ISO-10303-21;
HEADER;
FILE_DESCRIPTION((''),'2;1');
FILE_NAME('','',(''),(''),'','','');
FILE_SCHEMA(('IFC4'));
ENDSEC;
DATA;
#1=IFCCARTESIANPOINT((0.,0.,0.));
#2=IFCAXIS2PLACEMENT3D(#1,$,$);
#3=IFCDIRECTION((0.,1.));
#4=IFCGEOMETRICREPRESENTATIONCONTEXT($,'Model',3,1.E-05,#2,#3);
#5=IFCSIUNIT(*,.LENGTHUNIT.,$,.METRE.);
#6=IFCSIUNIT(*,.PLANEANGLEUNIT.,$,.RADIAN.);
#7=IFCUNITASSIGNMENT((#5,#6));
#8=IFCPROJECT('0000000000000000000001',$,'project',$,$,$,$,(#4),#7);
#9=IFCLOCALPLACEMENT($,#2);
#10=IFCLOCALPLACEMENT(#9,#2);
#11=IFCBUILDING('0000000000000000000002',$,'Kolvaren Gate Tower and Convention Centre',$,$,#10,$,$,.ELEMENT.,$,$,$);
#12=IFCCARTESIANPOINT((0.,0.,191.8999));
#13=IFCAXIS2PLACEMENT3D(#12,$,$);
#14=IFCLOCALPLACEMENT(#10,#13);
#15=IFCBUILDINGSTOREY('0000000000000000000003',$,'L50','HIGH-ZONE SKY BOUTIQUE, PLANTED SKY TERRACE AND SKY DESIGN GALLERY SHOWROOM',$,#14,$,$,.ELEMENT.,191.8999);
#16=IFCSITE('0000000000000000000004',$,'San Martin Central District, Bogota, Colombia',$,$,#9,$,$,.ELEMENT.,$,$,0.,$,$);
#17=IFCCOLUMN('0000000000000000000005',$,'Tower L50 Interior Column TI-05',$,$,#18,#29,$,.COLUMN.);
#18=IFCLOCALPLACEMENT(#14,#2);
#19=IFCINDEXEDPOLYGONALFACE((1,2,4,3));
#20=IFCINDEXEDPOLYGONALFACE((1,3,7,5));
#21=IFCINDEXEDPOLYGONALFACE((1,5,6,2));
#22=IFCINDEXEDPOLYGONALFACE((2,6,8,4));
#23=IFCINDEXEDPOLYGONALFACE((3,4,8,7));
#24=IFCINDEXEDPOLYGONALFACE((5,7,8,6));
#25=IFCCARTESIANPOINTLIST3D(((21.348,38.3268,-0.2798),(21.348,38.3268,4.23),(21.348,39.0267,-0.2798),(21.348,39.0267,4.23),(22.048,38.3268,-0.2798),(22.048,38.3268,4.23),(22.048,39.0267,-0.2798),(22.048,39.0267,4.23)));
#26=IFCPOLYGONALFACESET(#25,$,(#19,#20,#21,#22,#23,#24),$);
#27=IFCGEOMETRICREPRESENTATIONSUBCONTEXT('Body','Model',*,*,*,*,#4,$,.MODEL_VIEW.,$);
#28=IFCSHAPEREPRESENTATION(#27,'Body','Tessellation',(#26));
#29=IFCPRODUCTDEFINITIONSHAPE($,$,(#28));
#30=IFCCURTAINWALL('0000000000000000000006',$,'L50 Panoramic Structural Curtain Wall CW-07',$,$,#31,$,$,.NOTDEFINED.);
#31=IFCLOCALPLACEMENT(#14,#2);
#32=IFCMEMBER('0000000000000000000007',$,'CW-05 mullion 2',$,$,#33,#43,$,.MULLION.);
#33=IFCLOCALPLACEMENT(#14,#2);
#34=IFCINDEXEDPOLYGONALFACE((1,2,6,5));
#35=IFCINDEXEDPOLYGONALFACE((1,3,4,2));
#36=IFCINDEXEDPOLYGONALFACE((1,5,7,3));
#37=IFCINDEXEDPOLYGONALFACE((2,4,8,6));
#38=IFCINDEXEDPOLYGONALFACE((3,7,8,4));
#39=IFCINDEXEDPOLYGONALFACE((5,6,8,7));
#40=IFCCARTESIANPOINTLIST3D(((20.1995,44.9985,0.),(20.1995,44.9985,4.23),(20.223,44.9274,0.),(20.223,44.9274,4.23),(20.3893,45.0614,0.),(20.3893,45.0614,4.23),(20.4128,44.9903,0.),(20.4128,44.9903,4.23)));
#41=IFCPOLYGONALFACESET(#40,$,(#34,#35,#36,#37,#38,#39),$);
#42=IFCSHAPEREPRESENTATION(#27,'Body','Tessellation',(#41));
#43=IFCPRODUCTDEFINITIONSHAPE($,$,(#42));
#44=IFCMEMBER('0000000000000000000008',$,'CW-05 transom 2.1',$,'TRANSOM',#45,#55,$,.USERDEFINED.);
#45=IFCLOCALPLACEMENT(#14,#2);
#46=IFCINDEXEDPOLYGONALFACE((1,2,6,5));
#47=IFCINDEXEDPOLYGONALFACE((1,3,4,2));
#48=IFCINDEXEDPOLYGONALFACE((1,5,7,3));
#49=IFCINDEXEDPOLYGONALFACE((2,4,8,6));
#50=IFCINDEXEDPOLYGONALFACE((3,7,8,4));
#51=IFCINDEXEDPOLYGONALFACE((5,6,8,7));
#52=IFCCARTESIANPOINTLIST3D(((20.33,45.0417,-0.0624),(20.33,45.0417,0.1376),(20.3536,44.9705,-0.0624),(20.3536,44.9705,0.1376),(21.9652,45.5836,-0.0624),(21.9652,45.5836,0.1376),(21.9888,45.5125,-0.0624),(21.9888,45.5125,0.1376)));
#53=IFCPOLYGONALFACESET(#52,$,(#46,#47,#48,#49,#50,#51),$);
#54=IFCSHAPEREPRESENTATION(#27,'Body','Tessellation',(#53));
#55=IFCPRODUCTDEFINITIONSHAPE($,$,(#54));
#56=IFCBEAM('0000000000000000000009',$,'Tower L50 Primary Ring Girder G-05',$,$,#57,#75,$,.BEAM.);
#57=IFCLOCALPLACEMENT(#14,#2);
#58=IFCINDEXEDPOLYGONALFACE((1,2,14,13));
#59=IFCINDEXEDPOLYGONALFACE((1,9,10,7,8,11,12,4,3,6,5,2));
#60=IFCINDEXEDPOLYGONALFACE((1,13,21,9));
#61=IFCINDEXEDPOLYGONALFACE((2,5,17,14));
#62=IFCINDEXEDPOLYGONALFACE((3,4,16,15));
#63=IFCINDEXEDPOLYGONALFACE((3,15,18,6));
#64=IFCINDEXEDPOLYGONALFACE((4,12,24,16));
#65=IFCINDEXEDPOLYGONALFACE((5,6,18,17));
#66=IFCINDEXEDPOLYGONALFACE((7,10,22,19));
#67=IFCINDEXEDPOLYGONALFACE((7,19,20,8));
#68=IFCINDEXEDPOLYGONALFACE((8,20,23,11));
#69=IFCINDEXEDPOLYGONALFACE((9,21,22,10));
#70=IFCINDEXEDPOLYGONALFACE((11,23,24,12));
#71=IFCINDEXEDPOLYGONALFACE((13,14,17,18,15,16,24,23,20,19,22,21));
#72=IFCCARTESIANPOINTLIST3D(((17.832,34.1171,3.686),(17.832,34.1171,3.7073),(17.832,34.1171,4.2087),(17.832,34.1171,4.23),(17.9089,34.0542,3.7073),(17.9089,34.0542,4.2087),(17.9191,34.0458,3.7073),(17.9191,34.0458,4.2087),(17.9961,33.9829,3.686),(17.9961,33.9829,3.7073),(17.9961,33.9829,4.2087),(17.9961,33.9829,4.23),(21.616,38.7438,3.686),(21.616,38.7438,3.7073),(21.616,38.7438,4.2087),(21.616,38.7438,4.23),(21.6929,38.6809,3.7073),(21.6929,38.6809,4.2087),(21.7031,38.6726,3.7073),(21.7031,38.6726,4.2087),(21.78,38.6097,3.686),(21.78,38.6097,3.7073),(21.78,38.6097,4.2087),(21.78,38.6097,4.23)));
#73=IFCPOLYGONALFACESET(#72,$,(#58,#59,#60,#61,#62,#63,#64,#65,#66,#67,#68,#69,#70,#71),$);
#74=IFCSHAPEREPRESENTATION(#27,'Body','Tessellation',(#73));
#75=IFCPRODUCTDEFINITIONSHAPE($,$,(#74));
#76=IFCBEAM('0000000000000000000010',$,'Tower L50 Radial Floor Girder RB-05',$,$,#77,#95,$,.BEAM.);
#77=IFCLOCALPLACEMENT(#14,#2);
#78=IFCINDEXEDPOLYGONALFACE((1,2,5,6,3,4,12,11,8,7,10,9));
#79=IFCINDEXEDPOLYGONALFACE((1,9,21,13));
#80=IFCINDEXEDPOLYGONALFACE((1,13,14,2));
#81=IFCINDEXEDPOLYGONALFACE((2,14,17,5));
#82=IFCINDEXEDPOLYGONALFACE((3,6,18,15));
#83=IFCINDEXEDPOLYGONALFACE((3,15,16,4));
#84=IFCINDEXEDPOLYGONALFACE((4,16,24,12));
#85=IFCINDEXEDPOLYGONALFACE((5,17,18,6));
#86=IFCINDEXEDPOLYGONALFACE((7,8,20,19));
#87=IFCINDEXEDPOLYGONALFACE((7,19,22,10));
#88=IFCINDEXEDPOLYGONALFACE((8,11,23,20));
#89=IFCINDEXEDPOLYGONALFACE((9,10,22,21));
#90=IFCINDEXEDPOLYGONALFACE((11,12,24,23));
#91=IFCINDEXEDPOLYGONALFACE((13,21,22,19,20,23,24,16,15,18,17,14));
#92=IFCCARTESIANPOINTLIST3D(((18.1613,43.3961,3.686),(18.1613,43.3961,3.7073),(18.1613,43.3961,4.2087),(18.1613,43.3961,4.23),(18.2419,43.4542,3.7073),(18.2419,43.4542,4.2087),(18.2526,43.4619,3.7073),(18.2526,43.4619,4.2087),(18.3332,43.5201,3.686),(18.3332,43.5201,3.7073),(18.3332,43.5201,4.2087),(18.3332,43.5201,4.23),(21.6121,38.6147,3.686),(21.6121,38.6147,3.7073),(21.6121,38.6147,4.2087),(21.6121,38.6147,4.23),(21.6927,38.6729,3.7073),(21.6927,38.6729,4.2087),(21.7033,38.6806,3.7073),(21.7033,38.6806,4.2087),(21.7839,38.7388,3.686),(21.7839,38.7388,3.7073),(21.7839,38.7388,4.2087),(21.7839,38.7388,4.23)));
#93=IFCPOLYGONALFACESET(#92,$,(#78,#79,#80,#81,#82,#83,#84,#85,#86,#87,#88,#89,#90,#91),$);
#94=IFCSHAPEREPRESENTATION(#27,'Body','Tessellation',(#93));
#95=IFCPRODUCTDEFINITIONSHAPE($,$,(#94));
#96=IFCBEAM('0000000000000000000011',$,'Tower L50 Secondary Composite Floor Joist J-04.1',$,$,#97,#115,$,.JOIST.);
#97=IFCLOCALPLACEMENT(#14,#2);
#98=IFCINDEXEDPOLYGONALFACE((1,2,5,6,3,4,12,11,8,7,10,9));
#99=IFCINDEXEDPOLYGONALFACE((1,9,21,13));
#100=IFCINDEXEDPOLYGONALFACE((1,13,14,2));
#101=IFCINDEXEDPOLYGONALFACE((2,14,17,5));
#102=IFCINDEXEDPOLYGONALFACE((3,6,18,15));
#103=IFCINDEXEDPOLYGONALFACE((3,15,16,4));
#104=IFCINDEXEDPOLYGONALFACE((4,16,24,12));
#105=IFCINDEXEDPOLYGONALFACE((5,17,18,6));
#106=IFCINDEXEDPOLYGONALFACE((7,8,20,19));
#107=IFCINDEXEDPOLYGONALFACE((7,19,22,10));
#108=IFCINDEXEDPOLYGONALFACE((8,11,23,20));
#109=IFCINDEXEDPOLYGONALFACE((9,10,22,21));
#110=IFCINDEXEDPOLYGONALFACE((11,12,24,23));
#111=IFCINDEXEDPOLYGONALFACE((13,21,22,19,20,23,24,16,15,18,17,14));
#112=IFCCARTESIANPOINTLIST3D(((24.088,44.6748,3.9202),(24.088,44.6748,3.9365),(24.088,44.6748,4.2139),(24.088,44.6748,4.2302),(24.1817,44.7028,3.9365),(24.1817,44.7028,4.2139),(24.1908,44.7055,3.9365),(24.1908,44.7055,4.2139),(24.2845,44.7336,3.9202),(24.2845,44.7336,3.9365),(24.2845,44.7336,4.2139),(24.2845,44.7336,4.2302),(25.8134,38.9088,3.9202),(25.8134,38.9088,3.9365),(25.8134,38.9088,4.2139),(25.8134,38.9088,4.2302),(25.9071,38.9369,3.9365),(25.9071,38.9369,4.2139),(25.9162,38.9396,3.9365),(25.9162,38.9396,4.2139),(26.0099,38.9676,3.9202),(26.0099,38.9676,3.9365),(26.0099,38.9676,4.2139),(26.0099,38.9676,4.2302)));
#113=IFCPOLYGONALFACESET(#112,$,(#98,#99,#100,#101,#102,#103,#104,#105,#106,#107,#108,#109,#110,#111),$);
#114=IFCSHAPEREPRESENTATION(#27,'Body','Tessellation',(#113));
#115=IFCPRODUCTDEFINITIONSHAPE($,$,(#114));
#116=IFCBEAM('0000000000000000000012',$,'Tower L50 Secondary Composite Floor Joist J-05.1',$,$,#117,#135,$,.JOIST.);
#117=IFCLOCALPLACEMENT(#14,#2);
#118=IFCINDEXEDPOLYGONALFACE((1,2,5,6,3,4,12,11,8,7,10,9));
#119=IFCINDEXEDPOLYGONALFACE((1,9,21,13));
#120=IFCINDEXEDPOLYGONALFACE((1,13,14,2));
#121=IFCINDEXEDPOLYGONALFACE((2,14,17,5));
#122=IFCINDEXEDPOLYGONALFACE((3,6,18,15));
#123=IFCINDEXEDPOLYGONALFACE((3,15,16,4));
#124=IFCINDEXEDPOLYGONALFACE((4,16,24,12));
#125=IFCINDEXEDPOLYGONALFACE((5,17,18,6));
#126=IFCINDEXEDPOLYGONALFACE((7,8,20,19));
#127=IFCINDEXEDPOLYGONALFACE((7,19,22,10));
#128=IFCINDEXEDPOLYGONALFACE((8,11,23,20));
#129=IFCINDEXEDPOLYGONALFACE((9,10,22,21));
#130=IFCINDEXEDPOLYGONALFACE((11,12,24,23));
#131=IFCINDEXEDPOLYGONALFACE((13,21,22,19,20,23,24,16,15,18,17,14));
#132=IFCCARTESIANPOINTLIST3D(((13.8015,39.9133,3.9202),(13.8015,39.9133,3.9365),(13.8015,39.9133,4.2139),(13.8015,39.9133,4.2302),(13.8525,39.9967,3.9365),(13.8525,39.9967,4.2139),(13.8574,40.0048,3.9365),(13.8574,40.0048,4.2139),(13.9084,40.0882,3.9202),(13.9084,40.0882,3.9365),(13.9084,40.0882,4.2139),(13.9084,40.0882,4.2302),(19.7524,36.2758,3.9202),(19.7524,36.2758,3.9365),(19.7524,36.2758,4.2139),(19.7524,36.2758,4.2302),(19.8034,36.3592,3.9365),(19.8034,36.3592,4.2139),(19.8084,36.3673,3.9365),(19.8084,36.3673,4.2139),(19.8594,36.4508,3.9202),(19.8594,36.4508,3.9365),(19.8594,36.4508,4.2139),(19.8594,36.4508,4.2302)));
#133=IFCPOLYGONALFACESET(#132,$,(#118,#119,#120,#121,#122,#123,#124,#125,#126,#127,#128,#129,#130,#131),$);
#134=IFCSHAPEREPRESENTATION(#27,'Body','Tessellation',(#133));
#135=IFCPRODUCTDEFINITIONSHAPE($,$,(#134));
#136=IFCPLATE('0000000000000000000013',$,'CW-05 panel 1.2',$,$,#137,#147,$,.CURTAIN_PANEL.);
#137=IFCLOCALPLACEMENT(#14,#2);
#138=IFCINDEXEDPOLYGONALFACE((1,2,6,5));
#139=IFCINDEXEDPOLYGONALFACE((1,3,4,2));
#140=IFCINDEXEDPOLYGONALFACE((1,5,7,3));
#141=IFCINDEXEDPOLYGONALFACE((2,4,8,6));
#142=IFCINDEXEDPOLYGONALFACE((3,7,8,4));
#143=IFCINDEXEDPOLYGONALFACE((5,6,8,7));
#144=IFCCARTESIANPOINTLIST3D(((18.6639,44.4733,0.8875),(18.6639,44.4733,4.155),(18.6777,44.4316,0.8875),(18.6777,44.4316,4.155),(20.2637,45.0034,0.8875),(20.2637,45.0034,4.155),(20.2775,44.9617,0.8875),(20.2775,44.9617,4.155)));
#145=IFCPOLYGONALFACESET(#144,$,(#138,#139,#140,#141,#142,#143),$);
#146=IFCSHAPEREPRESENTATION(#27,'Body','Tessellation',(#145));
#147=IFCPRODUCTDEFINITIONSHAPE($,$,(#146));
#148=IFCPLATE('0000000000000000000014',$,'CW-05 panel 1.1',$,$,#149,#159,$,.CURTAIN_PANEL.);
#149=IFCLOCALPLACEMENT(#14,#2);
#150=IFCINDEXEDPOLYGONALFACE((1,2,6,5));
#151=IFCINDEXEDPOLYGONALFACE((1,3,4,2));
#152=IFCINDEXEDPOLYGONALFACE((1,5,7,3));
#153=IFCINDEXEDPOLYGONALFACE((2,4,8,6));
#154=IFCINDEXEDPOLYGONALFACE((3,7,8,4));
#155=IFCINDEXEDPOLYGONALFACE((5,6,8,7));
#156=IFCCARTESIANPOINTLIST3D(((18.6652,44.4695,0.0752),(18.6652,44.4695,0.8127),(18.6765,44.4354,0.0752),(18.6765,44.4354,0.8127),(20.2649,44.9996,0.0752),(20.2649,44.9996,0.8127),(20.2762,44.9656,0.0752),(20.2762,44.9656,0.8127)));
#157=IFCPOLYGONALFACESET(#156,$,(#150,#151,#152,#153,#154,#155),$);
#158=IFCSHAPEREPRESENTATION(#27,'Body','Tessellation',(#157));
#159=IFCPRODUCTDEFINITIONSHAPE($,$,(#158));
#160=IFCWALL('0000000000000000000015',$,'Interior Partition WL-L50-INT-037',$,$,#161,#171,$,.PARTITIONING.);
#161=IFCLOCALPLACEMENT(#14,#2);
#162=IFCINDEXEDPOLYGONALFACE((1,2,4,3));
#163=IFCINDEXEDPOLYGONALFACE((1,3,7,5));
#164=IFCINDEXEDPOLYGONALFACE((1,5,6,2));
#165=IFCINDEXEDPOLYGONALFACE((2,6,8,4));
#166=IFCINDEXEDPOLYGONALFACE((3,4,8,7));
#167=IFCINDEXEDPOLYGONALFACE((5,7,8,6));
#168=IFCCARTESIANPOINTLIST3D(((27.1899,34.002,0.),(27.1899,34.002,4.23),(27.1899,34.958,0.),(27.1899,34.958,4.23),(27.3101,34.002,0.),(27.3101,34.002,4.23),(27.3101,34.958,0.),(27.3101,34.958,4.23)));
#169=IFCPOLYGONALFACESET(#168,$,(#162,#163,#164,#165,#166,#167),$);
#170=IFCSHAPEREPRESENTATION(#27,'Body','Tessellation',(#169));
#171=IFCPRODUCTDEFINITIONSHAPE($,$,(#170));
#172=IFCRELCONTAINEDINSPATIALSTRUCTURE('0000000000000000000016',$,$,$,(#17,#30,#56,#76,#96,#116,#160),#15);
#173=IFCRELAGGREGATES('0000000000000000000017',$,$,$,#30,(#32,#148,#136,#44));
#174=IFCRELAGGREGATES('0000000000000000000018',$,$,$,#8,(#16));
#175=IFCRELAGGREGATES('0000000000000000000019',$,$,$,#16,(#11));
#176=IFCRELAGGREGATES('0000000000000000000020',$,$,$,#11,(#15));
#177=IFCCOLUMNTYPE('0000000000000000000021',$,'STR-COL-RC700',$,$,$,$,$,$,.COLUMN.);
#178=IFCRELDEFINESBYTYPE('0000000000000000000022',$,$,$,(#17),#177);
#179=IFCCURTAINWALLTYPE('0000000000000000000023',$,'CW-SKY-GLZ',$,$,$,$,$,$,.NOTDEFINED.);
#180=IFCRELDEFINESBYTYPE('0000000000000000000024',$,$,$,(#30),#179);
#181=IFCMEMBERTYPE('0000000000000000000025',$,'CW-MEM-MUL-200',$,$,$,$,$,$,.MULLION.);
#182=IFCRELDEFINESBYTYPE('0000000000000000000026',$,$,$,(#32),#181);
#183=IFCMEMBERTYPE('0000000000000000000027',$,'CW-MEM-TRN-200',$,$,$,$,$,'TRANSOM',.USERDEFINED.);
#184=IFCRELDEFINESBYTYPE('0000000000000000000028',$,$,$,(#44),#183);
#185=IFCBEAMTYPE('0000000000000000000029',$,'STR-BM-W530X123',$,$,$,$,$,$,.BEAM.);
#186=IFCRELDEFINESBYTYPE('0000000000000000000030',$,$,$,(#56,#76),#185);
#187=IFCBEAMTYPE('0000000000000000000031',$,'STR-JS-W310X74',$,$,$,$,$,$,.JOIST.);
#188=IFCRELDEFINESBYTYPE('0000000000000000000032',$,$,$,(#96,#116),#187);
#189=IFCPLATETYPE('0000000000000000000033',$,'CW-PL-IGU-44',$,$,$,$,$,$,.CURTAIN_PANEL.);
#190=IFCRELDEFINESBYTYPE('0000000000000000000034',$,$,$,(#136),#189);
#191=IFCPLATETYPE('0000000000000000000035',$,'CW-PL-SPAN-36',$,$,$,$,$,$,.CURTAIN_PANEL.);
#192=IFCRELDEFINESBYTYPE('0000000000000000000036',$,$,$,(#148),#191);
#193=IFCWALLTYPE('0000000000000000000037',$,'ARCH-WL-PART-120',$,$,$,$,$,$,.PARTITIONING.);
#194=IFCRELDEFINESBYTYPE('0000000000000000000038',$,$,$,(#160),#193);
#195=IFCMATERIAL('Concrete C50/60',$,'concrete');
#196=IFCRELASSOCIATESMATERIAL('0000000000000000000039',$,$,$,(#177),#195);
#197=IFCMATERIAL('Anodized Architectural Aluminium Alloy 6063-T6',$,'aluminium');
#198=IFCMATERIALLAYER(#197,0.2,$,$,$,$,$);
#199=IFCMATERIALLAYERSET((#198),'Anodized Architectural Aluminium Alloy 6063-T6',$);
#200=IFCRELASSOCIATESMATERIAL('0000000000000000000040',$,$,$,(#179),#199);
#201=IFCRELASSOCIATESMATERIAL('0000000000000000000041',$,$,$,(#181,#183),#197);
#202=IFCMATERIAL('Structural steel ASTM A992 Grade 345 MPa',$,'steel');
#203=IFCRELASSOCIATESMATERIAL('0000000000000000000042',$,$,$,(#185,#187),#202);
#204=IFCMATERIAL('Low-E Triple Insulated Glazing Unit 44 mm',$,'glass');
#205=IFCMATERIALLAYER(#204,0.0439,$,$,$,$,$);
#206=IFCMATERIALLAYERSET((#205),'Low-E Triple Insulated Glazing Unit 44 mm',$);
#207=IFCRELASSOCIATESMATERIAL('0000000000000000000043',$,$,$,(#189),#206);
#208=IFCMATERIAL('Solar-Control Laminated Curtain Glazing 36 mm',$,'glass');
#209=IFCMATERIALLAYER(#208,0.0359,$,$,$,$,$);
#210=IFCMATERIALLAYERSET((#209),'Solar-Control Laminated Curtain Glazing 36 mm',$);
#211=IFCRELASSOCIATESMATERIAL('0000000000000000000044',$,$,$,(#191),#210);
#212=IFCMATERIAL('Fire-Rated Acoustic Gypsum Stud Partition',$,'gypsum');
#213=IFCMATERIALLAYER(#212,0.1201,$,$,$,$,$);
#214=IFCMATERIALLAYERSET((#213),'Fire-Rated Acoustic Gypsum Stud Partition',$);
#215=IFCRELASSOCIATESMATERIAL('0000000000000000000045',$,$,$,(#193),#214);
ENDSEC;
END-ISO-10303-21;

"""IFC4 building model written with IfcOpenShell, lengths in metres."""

from ifc_helpers import new_model, si_unit, direction, frame, frame_2d, origin, origin_2d, place, context, subcontext, project, spatial, rectangle, i_section, extrude, material, layer, layer_set, material_profile, profile_set, type_object, element, aggregate, save


model = new_model("IFC4")

# Units and contexts
model_context = context("Model", 3, precision=1e-05, world=origin(), true_north=direction((0.0, 1.0)))
body_context = subcontext(model_context, "Body", "Model", "MODEL_VIEW")
ifc_project = project(units=[si_unit("LENGTHUNIT", "METRE"), si_unit("PLANEANGLEUNIT", "RADIAN")], contexts=[model_context])

# Site, building, storey
site_placement = place(None, origin())
site = spatial("IfcSite", under=ifc_project, at=site_placement, Name="San Martin Central District, Bogota, Colombia", CompositionType="ELEMENT", RefElevation=0.0)
building_placement = place(site_placement, origin())
building = spatial("IfcBuilding", under=site, at=building_placement, Name="Kolvaren Gate Tower and Convention Centre", CompositionType="ELEMENT")
storey_placement = place(building_placement, frame((0.0, 0.0, 191.8999)))
storey = spatial("IfcBuildingStorey", under=building, at=storey_placement, Name="L50", Description="HIGH-ZONE SKY BOUTIQUE, PLANTED SKY TERRACE AND SKY DESIGN GALLERY SHOWROOM", CompositionType="ELEMENT", Elevation=191.8999)

# Column
ifc_material_1 = material(Name="Concrete C50/60", Category="concrete")
ifc_material_profile_1 = material_profile(ifc_material_1, rectangle(XDim=0.7, YDim=0.7, at=origin_2d()), Name="RC-COL-700X700")
ifc_profile_set_1 = profile_set([ifc_material_profile_1], Name="Concrete C50/60")
column_type = type_object("IfcColumnType", Name="STR-COL-RC700", PredefinedType="COLUMN", material=ifc_profile_set_1)
column_placement = place(storey_placement, frame((21.698, 38.6768, -0.2798), z_axis=(0.0, 0.0, 1.0), x_axis=(1.0, 0.0, 0.0)))
element("IfcColumn", 1, at=column_placement, inside=storey, type_object=column_type, Name="Tower L50 Interior Column TI-05", PredefinedType="COLUMN", context=body_context, shape_type="SweptSolid", body=[
    extrude(rectangle(XDim=0.7, YDim=0.7, at=origin_2d()), origin(), (0.0, 0.0, 1.0), 4.5098),
])

# Curtain wall, members
ifc_material_2 = material(Name="Anodized Architectural Aluminium Alloy 6063-T6", Category="aluminium")
ifc_layer_1 = layer(ifc_material_2, 0.2)
ifc_layer_set_1 = layer_set([ifc_layer_1], Name="Anodized Architectural Aluminium Alloy 6063-T6")
curtain_wall_type = type_object("IfcCurtainWallType", Name="CW-SKY-GLZ", PredefinedType="NOTDEFINED", material=ifc_layer_set_1)
curtain_wall_placement = place(storey_placement, origin())
curtain_wall = element("IfcCurtainWall", 2, at=curtain_wall_placement, inside=storey, type_object=curtain_wall_type, Name="L50 Panoramic Structural Curtain Wall CW-07", PredefinedType="NOTDEFINED")
ifc_material_profile_2 = material_profile(ifc_material_2, rectangle(XDim=0.075, YDim=0.2, at=origin_2d()), Name="CW-MEM-MUL-200")
ifc_profile_set_2 = profile_set([ifc_material_profile_2], Name="Anodized Architectural Aluminium Alloy 6063-T6")
member_type_1 = type_object("IfcMemberType", Name="CW-MEM-MUL-200", PredefinedType="MULLION", material=ifc_profile_set_2)
member_1_placement = place(storey_placement, frame((20.3062, 44.9944, 0.0), z_axis=(0.0, 0.0, 1.0), x_axis=(-0.314553, 0.94924, 0.0)))
member_1 = element("IfcMember", 3, at=member_1_placement, type_object=member_type_1, Name="CW-05 mullion 2", PredefinedType="MULLION", context=body_context, shape_type="SweptSolid", body=[
    extrude(rectangle(XDim=0.075, YDim=0.2, at=origin_2d()), origin(), (0.0, 0.0, 1.0), 4.23),
])
ifc_material_profile_3 = material_profile(ifc_material_2, rectangle(XDim=0.075, YDim=0.2, at=origin_2d()), Name="CW-MEM-TRN-200")
ifc_profile_set_3 = profile_set([ifc_material_profile_3], Name="Anodized Architectural Aluminium Alloy 6063-T6")
member_type_2 = type_object("IfcMemberType", Name="CW-MEM-TRN-200", ElementType="TRANSOM", PredefinedType="USERDEFINED", material=ifc_profile_set_3)
member_2_placement = place(storey_placement, frame((20.3418, 45.0061, 0.0376), z_axis=(0.94922, 0.314612, 0.0), x_axis=(-0.314612, 0.94922, 0.0)))
member_2 = element("IfcMember", 4, at=member_2_placement, type_object=member_type_2, Name="CW-05 transom 2.1", ObjectType="TRANSOM", PredefinedType="USERDEFINED", context=body_context, shape_type="SweptSolid", body=[
    extrude(rectangle(XDim=0.075, YDim=0.2, at=origin_2d()), origin(), (0.0, 0.0, 1.0), 1.7227),
])

# Beams
ifc_material_3 = material(Name="Structural steel ASTM A992 Grade 345 MPa", Category="steel")
ifc_material_profile_4 = material_profile(ifc_material_3, i_section(OverallWidth=0.2119, OverallDepth=0.5439, WebThickness=0.0132, FlangeThickness=0.0212, at=origin_2d()), Name="W530X123")
ifc_profile_set_4 = profile_set([ifc_material_profile_4], Name="Structural steel ASTM A992 Grade 345 MPa")
beam_type_1 = type_object("IfcBeamType", Name="STR-BM-W530X123", PredefinedType="BEAM", material=ifc_profile_set_4)
beam_1_placement = place(storey_placement, frame((21.698, 38.6768, 3.958), z_axis=(-0.633082, -0.774085, 0.0), x_axis=(0.774085, -0.633082, 0.0)))
element("IfcBeam", 5, at=beam_1_placement, inside=storey, type_object=beam_type_1, Name="Tower L50 Primary Ring Girder G-05", PredefinedType="BEAM", context=body_context, shape_type="SweptSolid", body=[
    extrude(i_section(OverallWidth=0.2119, OverallDepth=0.5439, WebThickness=0.0132, FlangeThickness=0.0212, at=origin_2d()), origin(), (0.0, 0.0, 1.0), 5.9771),
])
beam_2_placement = place(storey_placement, frame((21.698, 38.6768, 3.958), z_axis=(-0.585218, 0.810876, 0.0), x_axis=(-0.810876, -0.585218, 0.0)))
element("IfcBeam", 6, at=beam_2_placement, inside=storey, type_object=beam_type_1, Name="Tower L50 Radial Floor Girder RB-05", PredefinedType="BEAM", context=body_context, shape_type="SweptSolid", body=[
    extrude(i_section(OverallWidth=0.2119, OverallDepth=0.5439, WebThickness=0.0132, FlangeThickness=0.0212, at=origin_2d()), origin(), (0.0, 0.0, 1.0), 5.8965),
])
ifc_material_profile_5 = material_profile(ifc_material_3, i_section(OverallWidth=0.2051, OverallDepth=0.3101, WebThickness=0.0095, FlangeThickness=0.0164, at=origin_2d()), Name="W310X74")
ifc_profile_set_5 = profile_set([ifc_material_profile_5], Name="Structural steel ASTM A992 Grade 345 MPa")
beam_type_2 = type_object("IfcBeamType", Name="STR-JS-W310X74", PredefinedType="JOIST", material=ifc_profile_set_5)
beam_3_placement = place(storey_placement, frame((25.9116, 38.9382, 4.0752), z_axis=(-0.286674, 0.958028, 0.0), x_axis=(-0.958028, -0.286674, 0.0)))
element("IfcBeam", 7, at=beam_3_placement, inside=storey, type_object=beam_type_2, Name="Tower L50 Secondary Composite Floor Joist J-04.1", PredefinedType="JOIST", context=body_context, shape_type="SweptSolid", body=[
    extrude(i_section(OverallWidth=0.2051, OverallDepth=0.3101, WebThickness=0.0095, FlangeThickness=0.0164, at=origin_2d()), origin(), (0.0, 0.0, 1.0), 6.0186),
])
beam_4_placement = place(storey_placement, frame((19.8059, 36.3633, 4.0752), z_axis=(-0.853233, 0.521531, 0.0), x_axis=(-0.521531, -0.853233, 0.0)))
element("IfcBeam", 8, at=beam_4_placement, inside=storey, type_object=beam_type_2, Name="Tower L50 Secondary Composite Floor Joist J-05.1", PredefinedType="JOIST", context=body_context, shape_type="SweptSolid", body=[
    extrude(i_section(OverallWidth=0.2051, OverallDepth=0.3101, WebThickness=0.0095, FlangeThickness=0.0164, at=origin_2d()), origin(), (0.0, 0.0, 1.0), 6.9746),
])

# Plates
ifc_material_4 = material(Name="Low-E Triple Insulated Glazing Unit 44 mm", Category="glass")
ifc_layer_2 = layer(ifc_material_4, 0.0439)
ifc_layer_set_2 = layer_set([ifc_layer_2], Name="Low-E Triple Insulated Glazing Unit 44 mm")
plate_type_1 = type_object("IfcPlateType", Name="CW-PL-IGU-44", PredefinedType="CURTAIN_PANEL", material=ifc_layer_set_2)
plate_1_placement = place(storey_placement, frame((19.4707, 44.7175, 0.8875), z_axis=(0.0, 0.0, 1.0), x_axis=(0.94924, 0.314553, 0.0)))
plate_1 = element("IfcPlate", 9, at=plate_1_placement, type_object=plate_type_1, Name="CW-05 panel 1.2", PredefinedType="CURTAIN_PANEL", context=body_context, shape_type="SweptSolid", body=[
    extrude(rectangle(XDim=1.6853, YDim=0.0439, at=origin_2d()), origin(), (0.0, 0.0, 1.0), 3.2676),
])
ifc_material_5 = material(Name="Solar-Control Laminated Curtain Glazing 36 mm", Category="glass")
ifc_layer_3 = layer(ifc_material_5, 0.0359)
ifc_layer_set_3 = layer_set([ifc_layer_3], Name="Solar-Control Laminated Curtain Glazing 36 mm")
plate_type_2 = type_object("IfcPlateType", Name="CW-PL-SPAN-36", PredefinedType="CURTAIN_PANEL", material=ifc_layer_set_3)
plate_2_placement = place(storey_placement, frame((19.4707, 44.7175, 0.0752), z_axis=(0.0, 0.0, 1.0), x_axis=(0.94924, 0.314553, 0.0)))
plate_2 = element("IfcPlate", 10, at=plate_2_placement, type_object=plate_type_2, Name="CW-05 panel 1.1", PredefinedType="CURTAIN_PANEL", context=body_context, shape_type="SweptSolid", body=[
    extrude(rectangle(XDim=1.6853, YDim=0.0359, at=origin_2d()), origin(), (0.0, 0.0, 1.0), 0.7375),
])
aggregate(curtain_wall, [member_1, plate_2, plate_1, member_2])

# Wall
ifc_material_6 = material(Name="Fire-Rated Acoustic Gypsum Stud Partition", Category="gypsum")
ifc_layer_4 = layer(ifc_material_6, 0.1201)
ifc_layer_set_4 = layer_set([ifc_layer_4], Name="Fire-Rated Acoustic Gypsum Stud Partition")
wall_type_1 = type_object("IfcWallType", Name="ARCH-WL-PART-120", PredefinedType="PARTITIONING", material=ifc_layer_set_4)
wall_1_placement = place(storey_placement, frame((27.25, 34.002, 0.0), z_axis=(0.0, 0.0, 1.0), x_axis=(0.0, 1.0, 0.0)))
element("IfcWall", 11, at=wall_1_placement, inside=storey, type_object=wall_type_1, Name="Interior Partition WL-L50-INT-037", PredefinedType="PARTITIONING", context=body_context, shape_type="SweptSolid", body=[
    extrude(rectangle(XDim=0.9561, YDim=0.1201, at=frame_2d((0.478, 0.0))), origin(), (0.0, 0.0, 1.0), 4.23),
])

save(model, "model.ifc")
